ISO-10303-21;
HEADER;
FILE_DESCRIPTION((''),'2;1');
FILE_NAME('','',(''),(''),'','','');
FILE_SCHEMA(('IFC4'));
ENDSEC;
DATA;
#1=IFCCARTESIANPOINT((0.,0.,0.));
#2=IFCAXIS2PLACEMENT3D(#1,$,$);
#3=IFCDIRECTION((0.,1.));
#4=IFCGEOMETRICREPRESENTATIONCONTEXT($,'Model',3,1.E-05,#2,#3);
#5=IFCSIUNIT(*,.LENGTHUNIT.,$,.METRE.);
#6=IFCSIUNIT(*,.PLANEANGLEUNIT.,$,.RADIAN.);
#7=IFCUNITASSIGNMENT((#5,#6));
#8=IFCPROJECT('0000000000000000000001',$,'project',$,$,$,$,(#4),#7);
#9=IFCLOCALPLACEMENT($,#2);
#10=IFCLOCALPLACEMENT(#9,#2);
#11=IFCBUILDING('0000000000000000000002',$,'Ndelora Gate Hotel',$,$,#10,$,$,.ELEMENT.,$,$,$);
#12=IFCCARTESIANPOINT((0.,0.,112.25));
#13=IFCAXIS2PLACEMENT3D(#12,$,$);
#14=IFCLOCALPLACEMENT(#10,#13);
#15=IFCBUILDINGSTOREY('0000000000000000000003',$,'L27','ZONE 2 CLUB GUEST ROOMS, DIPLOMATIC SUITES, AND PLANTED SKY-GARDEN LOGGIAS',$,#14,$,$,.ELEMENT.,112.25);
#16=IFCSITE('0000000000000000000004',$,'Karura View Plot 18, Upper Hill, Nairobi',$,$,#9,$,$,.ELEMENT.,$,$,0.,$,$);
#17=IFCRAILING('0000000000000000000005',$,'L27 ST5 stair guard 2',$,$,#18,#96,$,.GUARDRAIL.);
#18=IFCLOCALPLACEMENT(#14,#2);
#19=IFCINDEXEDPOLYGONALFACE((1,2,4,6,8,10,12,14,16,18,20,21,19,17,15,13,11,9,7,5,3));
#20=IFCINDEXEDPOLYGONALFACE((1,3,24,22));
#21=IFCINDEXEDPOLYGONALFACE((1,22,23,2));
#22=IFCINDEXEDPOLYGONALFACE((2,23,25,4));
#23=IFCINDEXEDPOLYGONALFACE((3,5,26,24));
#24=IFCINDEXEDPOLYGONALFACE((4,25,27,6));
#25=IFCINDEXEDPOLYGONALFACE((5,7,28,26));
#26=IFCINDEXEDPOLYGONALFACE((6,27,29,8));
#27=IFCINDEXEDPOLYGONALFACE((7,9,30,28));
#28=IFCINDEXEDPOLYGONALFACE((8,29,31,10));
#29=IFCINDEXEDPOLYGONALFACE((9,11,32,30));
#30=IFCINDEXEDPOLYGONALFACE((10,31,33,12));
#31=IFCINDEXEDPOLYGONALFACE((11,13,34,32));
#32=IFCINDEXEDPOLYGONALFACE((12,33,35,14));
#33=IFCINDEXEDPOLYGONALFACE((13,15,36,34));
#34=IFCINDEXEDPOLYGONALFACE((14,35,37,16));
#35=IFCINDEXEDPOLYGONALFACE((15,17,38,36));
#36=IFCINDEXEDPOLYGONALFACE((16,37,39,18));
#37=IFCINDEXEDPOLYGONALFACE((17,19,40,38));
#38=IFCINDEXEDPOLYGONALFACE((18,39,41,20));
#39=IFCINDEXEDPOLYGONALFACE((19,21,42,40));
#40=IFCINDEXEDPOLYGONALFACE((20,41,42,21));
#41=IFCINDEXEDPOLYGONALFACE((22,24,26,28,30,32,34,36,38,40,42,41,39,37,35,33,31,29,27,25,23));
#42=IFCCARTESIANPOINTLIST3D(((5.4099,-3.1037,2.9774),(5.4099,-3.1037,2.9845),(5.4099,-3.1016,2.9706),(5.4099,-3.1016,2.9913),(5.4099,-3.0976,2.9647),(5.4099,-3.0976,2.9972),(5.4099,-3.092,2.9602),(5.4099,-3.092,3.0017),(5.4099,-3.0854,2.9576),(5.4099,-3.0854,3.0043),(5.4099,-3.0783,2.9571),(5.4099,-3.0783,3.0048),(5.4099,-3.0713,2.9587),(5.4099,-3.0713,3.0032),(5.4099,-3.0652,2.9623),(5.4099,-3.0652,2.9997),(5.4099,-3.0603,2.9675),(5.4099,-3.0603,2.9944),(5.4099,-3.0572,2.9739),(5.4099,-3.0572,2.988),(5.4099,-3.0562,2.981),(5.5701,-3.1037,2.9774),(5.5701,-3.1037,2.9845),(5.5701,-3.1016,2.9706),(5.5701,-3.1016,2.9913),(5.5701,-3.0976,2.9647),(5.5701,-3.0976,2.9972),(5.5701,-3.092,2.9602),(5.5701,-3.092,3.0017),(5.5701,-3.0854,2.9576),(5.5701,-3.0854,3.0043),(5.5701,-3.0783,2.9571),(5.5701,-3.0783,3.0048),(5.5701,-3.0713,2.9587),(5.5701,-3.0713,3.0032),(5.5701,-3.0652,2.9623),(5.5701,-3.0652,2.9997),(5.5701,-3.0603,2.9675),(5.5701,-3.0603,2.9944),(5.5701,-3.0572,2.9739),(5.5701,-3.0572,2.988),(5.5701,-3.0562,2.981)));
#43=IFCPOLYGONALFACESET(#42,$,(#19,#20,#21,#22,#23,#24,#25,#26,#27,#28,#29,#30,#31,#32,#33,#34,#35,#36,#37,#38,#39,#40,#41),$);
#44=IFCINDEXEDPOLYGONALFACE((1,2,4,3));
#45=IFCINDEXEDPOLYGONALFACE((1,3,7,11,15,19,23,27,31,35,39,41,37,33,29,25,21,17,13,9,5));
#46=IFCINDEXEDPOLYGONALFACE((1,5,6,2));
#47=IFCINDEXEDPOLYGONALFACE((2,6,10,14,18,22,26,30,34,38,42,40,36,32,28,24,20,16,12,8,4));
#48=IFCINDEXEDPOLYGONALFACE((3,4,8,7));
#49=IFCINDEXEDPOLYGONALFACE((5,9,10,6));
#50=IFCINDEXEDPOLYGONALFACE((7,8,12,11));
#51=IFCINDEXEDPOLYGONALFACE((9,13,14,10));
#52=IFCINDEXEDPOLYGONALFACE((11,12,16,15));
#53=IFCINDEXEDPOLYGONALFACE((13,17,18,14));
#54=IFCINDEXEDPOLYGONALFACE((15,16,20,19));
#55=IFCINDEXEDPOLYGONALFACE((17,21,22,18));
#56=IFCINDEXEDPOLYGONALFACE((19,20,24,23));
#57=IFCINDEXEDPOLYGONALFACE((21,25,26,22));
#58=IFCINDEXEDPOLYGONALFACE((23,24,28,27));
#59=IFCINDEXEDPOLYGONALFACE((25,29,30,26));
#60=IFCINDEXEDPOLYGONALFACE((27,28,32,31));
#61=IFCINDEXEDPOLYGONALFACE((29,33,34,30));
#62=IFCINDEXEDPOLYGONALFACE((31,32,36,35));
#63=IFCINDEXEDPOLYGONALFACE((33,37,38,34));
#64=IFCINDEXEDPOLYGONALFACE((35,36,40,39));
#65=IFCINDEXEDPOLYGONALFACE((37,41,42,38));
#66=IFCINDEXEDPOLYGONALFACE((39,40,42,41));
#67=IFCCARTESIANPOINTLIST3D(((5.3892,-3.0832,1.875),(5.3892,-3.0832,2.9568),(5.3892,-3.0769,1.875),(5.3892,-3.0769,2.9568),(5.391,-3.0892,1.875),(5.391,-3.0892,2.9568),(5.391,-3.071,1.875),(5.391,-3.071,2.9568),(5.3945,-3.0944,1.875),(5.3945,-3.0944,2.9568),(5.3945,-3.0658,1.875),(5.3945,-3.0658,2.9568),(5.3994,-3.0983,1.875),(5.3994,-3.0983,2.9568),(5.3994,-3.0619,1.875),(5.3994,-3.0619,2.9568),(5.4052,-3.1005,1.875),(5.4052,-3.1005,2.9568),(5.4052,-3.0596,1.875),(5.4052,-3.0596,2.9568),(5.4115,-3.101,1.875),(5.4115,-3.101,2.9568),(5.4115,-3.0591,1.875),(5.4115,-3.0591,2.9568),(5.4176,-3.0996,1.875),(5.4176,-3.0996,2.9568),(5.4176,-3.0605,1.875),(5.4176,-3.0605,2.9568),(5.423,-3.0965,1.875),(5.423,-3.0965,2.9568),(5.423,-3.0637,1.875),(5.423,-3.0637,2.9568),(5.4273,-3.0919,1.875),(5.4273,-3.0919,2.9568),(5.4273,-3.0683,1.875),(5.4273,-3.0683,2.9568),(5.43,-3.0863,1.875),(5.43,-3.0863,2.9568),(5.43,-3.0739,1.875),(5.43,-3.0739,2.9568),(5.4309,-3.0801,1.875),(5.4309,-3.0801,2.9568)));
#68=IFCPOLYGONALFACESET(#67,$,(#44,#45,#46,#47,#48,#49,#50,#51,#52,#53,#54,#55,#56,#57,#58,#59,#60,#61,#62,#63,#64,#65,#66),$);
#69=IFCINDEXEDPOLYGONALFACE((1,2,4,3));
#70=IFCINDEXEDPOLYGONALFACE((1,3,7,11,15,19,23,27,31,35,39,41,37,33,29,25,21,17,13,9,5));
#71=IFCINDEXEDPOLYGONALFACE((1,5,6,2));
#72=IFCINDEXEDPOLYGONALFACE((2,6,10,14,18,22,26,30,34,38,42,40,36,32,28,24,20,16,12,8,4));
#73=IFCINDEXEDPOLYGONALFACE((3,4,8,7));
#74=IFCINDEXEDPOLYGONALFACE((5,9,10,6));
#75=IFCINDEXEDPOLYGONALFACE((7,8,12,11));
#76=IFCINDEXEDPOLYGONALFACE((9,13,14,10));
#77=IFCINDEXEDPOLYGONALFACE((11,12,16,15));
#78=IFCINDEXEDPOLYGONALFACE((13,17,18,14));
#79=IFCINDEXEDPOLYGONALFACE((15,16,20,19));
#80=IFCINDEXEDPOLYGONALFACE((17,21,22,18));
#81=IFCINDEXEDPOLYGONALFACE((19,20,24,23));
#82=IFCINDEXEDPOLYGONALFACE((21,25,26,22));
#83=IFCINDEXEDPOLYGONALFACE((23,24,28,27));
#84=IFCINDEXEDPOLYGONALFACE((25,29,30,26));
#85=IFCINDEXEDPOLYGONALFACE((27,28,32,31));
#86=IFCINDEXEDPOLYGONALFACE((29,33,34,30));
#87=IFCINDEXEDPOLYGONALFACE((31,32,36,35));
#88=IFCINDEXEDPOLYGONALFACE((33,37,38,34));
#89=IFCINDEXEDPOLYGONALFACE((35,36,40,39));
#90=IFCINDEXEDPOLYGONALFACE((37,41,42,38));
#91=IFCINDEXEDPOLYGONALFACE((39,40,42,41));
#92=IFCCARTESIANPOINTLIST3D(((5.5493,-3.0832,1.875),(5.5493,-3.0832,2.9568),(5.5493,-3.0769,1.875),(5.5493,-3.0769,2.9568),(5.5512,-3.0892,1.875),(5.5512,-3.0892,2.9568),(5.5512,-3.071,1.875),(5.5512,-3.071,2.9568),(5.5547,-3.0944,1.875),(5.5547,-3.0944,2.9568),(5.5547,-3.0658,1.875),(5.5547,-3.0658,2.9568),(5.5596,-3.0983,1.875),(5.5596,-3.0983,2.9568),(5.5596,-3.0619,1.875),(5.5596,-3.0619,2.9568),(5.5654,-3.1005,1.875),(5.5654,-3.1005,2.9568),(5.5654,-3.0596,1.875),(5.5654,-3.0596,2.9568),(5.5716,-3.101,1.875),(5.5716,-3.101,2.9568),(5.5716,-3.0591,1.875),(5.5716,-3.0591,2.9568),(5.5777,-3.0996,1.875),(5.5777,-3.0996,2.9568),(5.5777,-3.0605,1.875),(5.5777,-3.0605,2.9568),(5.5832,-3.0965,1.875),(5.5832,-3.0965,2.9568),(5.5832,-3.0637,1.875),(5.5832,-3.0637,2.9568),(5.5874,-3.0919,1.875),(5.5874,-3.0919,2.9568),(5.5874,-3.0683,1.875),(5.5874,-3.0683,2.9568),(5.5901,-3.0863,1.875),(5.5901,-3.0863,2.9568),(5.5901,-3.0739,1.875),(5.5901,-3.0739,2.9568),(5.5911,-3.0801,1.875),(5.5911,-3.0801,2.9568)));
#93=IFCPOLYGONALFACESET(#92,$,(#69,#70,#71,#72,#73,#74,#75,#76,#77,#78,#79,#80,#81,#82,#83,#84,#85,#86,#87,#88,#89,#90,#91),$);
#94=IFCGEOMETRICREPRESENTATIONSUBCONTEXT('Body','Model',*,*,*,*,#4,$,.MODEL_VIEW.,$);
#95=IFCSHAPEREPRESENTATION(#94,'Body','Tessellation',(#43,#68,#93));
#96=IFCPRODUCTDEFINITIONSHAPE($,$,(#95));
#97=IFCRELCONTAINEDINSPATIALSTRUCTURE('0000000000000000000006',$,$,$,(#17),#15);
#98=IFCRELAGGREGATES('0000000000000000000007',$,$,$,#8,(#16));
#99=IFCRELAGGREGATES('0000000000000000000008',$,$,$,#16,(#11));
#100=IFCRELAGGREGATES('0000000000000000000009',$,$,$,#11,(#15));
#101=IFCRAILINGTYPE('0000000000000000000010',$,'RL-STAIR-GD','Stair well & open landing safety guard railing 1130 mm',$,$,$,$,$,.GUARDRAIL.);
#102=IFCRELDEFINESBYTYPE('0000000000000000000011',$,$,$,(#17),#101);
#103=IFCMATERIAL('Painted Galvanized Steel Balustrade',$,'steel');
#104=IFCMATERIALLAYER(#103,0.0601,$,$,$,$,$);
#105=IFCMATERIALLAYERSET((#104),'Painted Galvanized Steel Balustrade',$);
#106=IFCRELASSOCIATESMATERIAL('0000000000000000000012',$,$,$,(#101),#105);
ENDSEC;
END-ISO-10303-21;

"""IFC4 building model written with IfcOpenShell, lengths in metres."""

from ifc_helpers import new_model, si_unit, direction, frame, origin, origin_2d, place, context, subcontext, project, spatial, circle, extrude, material, layer, layer_set, type_object, element, save


model = new_model("IFC4")

# Units and contexts
model_context = context("Model", 3, precision=1e-05, world=origin(), true_north=direction((0.0, 1.0)))
body_context = subcontext(model_context, "Body", "Model", "MODEL_VIEW")
ifc_project = project(units=[si_unit("LENGTHUNIT", "METRE"), si_unit("PLANEANGLEUNIT", "RADIAN")], contexts=[model_context])

# Site, building, storey
site_placement = place(None, origin())
site = spatial("IfcSite", under=ifc_project, at=site_placement, Name="Karura View Plot 18, Upper Hill, Nairobi", CompositionType="ELEMENT", RefElevation=0.0)
building_placement = place(site_placement, origin())
building = spatial("IfcBuilding", under=site, at=building_placement, Name="Ndelora Gate Hotel", CompositionType="ELEMENT")
storey_placement = place(building_placement, frame((0.0, 0.0, 112.25)))
storey = spatial("IfcBuildingStorey", under=building, at=storey_placement, Name="L27", Description="ZONE 2 CLUB GUEST ROOMS, DIPLOMATIC SUITES, AND PLANTED SKY-GARDEN LOGGIAS", CompositionType="ELEMENT", Elevation=112.25)

# Railing
ifc_material_1 = material(Name="Painted Galvanized Steel Balustrade", Category="steel")
ifc_layer_1 = layer(ifc_material_1, 0.0601)
ifc_layer_set_1 = layer_set([ifc_layer_1], Name="Painted Galvanized Steel Balustrade")
railing_type_1 = type_object("IfcRailingType", Name="RL-STAIR-GD", Description="Stair well & open landing safety guard railing 1130 mm", PredefinedType="GUARDRAIL", material=ifc_layer_set_1)
railing_1_placement = place(storey_placement, frame((5.4099, -3.0801, 1.875)))
element("IfcRailing", 1, at=railing_1_placement, inside=storey, type_object=railing_type_1, Name="L27 ST5 stair guard 2", PredefinedType="GUARDRAIL", context=body_context, shape_type="SweptSolid", body=[
    extrude(circle(Radius=0.0239, at=origin_2d()), frame((0.0, 0.0, 1.106), z_axis=(1.0, 0.0, 0.0), x_axis=(0.0, 1.0, 0.0)), (0.0, 0.0, 1.0), 0.1602),
    extrude(circle(Radius=0.021, at=origin_2d()), origin(), (0.0, 0.0, 1.0), 1.0818),
    extrude(circle(Radius=0.021, at=origin_2d()), frame((0.1602, 0.0, 0.0)), (0.0, 0.0, 1.0), 1.0818),
])

save(model, "model.ifc")
